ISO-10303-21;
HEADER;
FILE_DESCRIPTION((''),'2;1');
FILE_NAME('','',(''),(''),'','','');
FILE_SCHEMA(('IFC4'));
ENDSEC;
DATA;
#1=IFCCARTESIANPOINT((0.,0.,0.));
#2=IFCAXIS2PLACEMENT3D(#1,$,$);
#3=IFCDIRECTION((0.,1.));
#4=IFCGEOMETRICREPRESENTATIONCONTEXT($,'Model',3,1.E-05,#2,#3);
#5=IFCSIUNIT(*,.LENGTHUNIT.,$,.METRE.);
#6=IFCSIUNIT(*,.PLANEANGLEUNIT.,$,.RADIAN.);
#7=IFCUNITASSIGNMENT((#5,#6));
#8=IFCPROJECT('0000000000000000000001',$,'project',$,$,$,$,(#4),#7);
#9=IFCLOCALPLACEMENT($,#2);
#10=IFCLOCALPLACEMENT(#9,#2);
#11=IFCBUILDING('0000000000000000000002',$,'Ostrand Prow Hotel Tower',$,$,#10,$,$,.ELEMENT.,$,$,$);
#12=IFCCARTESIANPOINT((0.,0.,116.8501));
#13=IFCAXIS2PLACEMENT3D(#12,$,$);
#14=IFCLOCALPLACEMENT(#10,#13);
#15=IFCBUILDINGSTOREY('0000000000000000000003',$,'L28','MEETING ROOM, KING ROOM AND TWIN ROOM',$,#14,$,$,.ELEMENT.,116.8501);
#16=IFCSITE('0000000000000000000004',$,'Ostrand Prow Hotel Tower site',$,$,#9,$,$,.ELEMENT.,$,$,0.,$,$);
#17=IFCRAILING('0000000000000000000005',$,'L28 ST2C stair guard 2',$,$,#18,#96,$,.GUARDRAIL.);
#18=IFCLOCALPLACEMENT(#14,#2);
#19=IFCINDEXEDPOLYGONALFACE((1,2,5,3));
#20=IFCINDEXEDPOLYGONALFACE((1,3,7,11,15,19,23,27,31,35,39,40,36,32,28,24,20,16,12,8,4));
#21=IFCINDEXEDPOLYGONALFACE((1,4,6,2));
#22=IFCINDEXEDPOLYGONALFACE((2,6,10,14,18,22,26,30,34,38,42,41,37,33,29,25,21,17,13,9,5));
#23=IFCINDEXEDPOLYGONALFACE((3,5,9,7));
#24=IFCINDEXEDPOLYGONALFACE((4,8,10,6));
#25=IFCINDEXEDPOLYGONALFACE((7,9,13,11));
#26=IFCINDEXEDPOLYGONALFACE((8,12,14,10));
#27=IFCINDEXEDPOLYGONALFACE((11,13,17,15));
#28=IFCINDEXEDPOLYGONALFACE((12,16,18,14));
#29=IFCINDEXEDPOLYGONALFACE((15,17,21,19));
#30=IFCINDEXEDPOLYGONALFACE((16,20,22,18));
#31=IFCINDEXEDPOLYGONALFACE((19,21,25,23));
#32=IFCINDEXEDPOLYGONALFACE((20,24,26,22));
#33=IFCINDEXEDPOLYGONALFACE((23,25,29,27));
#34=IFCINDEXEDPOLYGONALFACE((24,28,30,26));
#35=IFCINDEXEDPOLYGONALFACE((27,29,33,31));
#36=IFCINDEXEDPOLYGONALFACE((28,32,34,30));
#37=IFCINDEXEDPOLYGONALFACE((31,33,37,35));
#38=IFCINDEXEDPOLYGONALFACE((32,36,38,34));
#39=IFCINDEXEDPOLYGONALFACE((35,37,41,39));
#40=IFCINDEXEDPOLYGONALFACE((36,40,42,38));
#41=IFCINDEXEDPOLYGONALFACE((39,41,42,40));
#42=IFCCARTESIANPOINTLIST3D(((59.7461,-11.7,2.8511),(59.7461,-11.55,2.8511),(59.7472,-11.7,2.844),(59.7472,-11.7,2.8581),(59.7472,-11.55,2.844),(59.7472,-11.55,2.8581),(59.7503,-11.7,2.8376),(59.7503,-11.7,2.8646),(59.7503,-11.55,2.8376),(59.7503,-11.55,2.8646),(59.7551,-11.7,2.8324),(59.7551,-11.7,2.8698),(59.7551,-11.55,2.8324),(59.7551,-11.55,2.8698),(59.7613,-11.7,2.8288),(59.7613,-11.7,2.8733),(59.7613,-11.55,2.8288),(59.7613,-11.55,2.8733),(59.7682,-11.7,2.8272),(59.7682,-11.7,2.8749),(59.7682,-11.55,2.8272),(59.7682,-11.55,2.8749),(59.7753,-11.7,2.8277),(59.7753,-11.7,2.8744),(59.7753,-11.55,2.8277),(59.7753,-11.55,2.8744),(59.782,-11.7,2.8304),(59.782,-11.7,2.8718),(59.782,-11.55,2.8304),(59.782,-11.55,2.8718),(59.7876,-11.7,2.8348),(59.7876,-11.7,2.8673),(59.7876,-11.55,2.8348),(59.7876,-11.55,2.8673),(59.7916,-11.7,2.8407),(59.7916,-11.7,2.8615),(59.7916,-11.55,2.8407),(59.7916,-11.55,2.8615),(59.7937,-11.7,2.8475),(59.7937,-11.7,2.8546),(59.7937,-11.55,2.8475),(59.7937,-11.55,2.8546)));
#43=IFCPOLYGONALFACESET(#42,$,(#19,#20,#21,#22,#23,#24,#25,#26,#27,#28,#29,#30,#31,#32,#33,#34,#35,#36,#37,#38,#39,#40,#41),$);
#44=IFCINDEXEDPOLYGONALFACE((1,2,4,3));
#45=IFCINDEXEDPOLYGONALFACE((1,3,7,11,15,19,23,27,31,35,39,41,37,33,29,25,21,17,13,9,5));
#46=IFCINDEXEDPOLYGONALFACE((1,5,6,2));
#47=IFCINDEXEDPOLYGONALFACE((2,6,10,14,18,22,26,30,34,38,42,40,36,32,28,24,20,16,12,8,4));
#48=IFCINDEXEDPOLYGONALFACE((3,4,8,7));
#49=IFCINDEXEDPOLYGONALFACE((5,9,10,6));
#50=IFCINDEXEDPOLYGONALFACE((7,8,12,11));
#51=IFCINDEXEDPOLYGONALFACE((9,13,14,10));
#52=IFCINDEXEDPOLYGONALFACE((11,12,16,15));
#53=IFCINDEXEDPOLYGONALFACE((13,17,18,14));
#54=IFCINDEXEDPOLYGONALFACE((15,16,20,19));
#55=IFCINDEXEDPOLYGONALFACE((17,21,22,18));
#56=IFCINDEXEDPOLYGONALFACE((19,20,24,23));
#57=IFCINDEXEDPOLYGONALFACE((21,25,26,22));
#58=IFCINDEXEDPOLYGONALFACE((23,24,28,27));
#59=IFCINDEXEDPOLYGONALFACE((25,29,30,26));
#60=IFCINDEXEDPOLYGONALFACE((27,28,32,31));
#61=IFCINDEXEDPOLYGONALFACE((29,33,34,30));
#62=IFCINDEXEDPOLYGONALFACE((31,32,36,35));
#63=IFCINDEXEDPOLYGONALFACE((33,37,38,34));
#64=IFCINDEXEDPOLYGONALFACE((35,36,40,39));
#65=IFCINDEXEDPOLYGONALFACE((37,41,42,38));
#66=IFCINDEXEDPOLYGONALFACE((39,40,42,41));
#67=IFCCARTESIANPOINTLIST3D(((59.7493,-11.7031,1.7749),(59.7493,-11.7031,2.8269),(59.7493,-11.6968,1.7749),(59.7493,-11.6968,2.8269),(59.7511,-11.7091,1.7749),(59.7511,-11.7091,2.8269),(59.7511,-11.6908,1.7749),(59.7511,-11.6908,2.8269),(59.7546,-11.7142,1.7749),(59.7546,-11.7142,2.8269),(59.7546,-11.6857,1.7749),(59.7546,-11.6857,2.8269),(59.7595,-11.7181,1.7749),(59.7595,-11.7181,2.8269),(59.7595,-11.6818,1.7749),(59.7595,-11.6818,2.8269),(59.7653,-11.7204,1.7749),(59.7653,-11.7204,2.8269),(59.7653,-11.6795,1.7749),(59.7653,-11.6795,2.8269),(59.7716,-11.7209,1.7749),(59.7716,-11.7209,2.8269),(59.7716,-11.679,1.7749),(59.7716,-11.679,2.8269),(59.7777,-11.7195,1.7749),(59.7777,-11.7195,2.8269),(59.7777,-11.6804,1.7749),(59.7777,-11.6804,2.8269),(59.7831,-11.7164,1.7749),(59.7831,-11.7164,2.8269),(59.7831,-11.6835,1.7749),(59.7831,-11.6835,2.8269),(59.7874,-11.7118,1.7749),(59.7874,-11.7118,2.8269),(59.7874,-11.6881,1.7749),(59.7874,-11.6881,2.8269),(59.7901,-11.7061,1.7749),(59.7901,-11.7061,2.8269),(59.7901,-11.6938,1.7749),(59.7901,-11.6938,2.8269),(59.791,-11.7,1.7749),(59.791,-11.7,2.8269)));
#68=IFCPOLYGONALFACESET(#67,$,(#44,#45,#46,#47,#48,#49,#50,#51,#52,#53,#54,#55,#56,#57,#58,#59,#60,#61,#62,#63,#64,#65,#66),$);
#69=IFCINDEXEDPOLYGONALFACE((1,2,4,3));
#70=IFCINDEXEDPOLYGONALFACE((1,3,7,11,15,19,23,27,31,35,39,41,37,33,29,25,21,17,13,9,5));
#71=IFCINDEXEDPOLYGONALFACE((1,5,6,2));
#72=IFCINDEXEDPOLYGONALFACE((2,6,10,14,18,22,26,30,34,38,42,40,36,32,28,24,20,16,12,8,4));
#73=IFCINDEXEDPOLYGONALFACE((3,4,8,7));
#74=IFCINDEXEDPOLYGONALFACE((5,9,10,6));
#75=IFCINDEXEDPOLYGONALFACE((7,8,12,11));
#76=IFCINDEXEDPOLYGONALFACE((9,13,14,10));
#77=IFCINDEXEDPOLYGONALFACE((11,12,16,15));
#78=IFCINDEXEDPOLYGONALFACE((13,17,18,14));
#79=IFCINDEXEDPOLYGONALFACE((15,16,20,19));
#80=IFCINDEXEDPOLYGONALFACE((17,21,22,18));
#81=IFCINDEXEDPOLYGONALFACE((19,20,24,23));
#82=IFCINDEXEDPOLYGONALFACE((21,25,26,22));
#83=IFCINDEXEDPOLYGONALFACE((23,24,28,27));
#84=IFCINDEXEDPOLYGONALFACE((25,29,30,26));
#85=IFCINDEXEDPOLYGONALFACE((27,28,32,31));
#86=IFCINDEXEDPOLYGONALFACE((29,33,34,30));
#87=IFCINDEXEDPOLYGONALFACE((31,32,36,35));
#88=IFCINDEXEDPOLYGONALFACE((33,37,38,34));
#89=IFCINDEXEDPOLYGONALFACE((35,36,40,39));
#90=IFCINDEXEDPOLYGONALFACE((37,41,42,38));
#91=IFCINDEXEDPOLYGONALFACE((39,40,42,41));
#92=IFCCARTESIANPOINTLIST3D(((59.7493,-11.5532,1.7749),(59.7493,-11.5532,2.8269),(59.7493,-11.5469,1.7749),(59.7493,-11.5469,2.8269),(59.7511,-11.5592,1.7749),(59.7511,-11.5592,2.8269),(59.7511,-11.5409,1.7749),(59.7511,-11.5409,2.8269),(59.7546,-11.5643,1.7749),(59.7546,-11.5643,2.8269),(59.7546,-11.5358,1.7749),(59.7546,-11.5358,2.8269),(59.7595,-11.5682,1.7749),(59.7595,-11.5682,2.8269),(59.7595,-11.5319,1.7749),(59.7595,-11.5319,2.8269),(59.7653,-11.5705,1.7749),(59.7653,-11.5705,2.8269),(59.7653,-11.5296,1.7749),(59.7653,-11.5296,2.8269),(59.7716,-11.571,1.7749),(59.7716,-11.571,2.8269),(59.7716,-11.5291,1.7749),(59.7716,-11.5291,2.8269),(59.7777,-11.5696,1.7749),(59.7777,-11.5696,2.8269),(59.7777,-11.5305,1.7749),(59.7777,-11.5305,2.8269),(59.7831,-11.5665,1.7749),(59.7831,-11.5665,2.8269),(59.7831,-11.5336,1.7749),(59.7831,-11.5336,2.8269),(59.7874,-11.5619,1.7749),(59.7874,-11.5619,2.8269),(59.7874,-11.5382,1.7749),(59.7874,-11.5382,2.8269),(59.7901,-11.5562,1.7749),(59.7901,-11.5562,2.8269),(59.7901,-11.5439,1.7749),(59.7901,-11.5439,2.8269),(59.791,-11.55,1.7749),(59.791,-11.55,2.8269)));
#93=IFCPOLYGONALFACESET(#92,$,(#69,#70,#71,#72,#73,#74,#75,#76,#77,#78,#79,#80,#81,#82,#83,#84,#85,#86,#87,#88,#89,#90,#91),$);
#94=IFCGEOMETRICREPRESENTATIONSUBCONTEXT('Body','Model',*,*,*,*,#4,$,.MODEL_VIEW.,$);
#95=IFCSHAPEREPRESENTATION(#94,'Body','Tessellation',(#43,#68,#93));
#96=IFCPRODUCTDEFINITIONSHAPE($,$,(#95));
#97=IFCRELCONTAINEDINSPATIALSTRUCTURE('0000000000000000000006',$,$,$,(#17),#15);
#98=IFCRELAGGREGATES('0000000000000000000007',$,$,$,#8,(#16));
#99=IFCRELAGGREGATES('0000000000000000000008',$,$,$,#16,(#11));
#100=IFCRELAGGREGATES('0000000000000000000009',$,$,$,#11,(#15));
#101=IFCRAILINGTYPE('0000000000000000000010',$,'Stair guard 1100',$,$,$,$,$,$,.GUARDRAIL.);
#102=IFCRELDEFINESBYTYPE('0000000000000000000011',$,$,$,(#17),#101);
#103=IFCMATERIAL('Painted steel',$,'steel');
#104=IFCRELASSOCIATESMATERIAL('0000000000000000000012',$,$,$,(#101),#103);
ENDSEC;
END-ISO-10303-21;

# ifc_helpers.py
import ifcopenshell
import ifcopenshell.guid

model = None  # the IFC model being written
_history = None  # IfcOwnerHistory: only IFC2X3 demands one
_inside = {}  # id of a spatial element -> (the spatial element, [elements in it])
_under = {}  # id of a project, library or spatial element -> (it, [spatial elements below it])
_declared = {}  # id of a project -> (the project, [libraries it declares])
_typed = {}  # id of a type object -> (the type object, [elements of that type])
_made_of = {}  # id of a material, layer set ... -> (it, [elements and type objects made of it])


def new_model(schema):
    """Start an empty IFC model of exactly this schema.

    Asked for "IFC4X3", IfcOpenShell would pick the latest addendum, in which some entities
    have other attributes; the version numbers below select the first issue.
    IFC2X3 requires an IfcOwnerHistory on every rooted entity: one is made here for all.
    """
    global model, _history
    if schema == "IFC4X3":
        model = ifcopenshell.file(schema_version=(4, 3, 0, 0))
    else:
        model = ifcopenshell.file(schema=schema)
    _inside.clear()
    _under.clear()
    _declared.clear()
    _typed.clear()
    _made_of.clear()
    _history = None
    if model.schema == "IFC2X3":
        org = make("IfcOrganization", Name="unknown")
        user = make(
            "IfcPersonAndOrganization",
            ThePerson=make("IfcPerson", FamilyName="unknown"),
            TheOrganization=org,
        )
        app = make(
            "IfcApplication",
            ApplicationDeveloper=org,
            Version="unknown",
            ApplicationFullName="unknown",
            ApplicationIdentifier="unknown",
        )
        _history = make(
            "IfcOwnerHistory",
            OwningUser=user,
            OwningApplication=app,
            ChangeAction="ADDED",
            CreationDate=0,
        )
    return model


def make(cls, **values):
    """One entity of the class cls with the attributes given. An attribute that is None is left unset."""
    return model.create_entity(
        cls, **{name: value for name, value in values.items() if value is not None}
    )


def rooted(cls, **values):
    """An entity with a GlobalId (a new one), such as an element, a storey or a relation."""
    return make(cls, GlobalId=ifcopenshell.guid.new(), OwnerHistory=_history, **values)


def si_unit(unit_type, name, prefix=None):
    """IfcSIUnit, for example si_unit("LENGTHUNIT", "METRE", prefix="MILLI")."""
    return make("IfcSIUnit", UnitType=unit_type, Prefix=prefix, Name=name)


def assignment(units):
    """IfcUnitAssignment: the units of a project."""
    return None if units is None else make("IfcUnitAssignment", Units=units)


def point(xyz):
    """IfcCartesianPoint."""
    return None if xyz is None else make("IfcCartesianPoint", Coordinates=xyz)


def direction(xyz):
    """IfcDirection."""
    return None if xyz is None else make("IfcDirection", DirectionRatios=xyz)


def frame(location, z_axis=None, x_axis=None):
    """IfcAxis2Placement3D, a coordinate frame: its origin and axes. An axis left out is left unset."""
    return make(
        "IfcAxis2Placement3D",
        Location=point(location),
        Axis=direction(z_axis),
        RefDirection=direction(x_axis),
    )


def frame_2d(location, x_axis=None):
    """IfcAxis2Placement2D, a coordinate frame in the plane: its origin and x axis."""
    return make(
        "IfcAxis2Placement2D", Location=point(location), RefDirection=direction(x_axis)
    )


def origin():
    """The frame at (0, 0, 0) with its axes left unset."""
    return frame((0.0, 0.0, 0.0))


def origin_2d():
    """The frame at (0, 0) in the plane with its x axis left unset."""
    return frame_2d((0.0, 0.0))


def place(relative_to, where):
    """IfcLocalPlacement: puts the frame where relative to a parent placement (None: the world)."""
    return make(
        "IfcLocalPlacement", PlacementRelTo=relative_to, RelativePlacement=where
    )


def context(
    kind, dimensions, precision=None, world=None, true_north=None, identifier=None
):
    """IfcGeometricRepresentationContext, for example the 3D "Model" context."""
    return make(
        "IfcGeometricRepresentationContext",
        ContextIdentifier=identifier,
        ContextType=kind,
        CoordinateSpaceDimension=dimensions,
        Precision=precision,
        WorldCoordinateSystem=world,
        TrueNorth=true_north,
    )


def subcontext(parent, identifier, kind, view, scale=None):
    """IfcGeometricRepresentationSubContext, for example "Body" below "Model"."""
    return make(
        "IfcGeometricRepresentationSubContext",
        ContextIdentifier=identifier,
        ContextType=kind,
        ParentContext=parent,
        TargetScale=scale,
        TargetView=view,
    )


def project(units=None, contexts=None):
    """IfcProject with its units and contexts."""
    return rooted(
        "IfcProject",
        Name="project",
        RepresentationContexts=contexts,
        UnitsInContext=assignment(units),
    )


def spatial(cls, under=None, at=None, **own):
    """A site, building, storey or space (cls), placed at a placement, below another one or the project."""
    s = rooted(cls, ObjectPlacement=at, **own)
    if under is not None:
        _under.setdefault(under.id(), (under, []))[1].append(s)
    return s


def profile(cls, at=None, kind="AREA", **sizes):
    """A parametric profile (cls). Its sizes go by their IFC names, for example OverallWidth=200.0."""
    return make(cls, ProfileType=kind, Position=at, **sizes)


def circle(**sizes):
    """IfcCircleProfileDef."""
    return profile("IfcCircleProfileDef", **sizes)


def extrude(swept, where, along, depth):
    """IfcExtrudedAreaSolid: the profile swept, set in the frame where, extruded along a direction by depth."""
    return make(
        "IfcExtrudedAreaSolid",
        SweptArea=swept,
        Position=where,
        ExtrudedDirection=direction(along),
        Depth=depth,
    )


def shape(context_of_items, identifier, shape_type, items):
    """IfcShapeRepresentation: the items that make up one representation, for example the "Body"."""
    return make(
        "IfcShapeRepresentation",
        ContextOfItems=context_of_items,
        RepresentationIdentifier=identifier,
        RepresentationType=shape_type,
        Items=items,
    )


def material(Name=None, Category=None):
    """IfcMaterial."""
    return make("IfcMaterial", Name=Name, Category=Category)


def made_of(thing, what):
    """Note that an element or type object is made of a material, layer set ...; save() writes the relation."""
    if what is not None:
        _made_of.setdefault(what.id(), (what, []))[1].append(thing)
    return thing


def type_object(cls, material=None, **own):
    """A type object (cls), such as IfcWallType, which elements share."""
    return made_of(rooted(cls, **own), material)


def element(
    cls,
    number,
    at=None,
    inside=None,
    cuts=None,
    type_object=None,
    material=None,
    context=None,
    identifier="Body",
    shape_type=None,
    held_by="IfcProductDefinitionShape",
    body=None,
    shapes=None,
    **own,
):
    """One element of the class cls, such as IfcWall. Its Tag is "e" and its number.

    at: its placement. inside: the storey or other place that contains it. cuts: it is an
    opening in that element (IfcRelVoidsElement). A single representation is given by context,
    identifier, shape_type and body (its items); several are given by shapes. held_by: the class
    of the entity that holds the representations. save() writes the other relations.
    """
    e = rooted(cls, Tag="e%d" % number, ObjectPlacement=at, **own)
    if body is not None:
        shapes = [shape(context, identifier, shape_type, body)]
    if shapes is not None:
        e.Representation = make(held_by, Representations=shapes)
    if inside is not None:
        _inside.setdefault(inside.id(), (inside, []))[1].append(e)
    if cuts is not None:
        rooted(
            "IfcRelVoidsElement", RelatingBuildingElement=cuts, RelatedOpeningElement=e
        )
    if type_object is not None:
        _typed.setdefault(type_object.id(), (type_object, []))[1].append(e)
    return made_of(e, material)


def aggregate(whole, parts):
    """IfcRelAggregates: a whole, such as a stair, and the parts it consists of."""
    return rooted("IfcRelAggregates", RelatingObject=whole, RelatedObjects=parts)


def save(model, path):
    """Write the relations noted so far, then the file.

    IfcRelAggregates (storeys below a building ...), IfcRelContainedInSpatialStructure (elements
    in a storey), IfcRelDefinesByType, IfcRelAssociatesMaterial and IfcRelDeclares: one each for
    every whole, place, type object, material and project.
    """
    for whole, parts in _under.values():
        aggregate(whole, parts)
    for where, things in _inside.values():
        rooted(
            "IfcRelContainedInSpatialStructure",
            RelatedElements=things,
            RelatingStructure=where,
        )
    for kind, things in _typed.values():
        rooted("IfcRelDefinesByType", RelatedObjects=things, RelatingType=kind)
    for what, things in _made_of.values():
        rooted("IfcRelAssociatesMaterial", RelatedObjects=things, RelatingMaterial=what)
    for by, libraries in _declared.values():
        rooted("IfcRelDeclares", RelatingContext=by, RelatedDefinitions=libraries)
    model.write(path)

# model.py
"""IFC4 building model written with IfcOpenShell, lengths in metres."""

from ifc_helpers import new_model, si_unit, direction, frame, origin, origin_2d, place, context, subcontext, project, spatial, circle, extrude, material, type_object, element, save


model = new_model("IFC4")

# Units and contexts
model_context = context("Model", 3, precision=1e-05, world=origin(), true_north=direction((0.0, 1.0)))
body_context = subcontext(model_context, "Body", "Model", "MODEL_VIEW")
ifc_project = project(units=[si_unit("LENGTHUNIT", "METRE"), si_unit("PLANEANGLEUNIT", "RADIAN")], contexts=[model_context])

# Site, building, storey
site_placement = place(None, origin())
site = spatial("IfcSite", under=ifc_project, at=site_placement, Name="Ostrand Prow Hotel Tower site", CompositionType="ELEMENT", RefElevation=0.0)
building_placement = place(site_placement, origin())
building = spatial("IfcBuilding", under=site, at=building_placement, Name="Ostrand Prow Hotel Tower", CompositionType="ELEMENT")
storey_placement = place(building_placement, frame((0.0, 0.0, 116.8501)))
storey = spatial("IfcBuildingStorey", under=building, at=storey_placement, Name="L28", Description="MEETING ROOM, KING ROOM AND TWIN ROOM", CompositionType="ELEMENT", Elevation=116.8501)

# Railing
ifc_material_1 = material(Name="Painted steel", Category="steel")
railing_type_1 = type_object("IfcRailingType", Name="Stair guard 1100", PredefinedType="GUARDRAIL", material=ifc_material_1)
railing_1_placement = place(storey_placement, frame((59.77, -11.7, 1.7749)))
element("IfcRailing", 1, at=railing_1_placement, inside=storey, type_object=railing_type_1, Name="L28 ST2C stair guard 2", PredefinedType="GUARDRAIL", context=body_context, shape_type="SweptSolid", body=[
    extrude(circle(Radius=0.0239, at=origin_2d()), frame((0.0, 0.0, 1.0762), z_axis=(0.0, 1.0, 0.0), x_axis=(-1.0, 0.0, 0.0)), (0.0, 0.0, 1.0), 0.1499),
    extrude(circle(Radius=0.021, at=origin_2d()), origin(), (0.0, 0.0, 1.0), 1.052),
    extrude(circle(Radius=0.021, at=origin_2d()), frame((0.0, 0.1499, 0.0)), (0.0, 0.0, 1.0), 1.052),
])

save(model, "model.ifc")
